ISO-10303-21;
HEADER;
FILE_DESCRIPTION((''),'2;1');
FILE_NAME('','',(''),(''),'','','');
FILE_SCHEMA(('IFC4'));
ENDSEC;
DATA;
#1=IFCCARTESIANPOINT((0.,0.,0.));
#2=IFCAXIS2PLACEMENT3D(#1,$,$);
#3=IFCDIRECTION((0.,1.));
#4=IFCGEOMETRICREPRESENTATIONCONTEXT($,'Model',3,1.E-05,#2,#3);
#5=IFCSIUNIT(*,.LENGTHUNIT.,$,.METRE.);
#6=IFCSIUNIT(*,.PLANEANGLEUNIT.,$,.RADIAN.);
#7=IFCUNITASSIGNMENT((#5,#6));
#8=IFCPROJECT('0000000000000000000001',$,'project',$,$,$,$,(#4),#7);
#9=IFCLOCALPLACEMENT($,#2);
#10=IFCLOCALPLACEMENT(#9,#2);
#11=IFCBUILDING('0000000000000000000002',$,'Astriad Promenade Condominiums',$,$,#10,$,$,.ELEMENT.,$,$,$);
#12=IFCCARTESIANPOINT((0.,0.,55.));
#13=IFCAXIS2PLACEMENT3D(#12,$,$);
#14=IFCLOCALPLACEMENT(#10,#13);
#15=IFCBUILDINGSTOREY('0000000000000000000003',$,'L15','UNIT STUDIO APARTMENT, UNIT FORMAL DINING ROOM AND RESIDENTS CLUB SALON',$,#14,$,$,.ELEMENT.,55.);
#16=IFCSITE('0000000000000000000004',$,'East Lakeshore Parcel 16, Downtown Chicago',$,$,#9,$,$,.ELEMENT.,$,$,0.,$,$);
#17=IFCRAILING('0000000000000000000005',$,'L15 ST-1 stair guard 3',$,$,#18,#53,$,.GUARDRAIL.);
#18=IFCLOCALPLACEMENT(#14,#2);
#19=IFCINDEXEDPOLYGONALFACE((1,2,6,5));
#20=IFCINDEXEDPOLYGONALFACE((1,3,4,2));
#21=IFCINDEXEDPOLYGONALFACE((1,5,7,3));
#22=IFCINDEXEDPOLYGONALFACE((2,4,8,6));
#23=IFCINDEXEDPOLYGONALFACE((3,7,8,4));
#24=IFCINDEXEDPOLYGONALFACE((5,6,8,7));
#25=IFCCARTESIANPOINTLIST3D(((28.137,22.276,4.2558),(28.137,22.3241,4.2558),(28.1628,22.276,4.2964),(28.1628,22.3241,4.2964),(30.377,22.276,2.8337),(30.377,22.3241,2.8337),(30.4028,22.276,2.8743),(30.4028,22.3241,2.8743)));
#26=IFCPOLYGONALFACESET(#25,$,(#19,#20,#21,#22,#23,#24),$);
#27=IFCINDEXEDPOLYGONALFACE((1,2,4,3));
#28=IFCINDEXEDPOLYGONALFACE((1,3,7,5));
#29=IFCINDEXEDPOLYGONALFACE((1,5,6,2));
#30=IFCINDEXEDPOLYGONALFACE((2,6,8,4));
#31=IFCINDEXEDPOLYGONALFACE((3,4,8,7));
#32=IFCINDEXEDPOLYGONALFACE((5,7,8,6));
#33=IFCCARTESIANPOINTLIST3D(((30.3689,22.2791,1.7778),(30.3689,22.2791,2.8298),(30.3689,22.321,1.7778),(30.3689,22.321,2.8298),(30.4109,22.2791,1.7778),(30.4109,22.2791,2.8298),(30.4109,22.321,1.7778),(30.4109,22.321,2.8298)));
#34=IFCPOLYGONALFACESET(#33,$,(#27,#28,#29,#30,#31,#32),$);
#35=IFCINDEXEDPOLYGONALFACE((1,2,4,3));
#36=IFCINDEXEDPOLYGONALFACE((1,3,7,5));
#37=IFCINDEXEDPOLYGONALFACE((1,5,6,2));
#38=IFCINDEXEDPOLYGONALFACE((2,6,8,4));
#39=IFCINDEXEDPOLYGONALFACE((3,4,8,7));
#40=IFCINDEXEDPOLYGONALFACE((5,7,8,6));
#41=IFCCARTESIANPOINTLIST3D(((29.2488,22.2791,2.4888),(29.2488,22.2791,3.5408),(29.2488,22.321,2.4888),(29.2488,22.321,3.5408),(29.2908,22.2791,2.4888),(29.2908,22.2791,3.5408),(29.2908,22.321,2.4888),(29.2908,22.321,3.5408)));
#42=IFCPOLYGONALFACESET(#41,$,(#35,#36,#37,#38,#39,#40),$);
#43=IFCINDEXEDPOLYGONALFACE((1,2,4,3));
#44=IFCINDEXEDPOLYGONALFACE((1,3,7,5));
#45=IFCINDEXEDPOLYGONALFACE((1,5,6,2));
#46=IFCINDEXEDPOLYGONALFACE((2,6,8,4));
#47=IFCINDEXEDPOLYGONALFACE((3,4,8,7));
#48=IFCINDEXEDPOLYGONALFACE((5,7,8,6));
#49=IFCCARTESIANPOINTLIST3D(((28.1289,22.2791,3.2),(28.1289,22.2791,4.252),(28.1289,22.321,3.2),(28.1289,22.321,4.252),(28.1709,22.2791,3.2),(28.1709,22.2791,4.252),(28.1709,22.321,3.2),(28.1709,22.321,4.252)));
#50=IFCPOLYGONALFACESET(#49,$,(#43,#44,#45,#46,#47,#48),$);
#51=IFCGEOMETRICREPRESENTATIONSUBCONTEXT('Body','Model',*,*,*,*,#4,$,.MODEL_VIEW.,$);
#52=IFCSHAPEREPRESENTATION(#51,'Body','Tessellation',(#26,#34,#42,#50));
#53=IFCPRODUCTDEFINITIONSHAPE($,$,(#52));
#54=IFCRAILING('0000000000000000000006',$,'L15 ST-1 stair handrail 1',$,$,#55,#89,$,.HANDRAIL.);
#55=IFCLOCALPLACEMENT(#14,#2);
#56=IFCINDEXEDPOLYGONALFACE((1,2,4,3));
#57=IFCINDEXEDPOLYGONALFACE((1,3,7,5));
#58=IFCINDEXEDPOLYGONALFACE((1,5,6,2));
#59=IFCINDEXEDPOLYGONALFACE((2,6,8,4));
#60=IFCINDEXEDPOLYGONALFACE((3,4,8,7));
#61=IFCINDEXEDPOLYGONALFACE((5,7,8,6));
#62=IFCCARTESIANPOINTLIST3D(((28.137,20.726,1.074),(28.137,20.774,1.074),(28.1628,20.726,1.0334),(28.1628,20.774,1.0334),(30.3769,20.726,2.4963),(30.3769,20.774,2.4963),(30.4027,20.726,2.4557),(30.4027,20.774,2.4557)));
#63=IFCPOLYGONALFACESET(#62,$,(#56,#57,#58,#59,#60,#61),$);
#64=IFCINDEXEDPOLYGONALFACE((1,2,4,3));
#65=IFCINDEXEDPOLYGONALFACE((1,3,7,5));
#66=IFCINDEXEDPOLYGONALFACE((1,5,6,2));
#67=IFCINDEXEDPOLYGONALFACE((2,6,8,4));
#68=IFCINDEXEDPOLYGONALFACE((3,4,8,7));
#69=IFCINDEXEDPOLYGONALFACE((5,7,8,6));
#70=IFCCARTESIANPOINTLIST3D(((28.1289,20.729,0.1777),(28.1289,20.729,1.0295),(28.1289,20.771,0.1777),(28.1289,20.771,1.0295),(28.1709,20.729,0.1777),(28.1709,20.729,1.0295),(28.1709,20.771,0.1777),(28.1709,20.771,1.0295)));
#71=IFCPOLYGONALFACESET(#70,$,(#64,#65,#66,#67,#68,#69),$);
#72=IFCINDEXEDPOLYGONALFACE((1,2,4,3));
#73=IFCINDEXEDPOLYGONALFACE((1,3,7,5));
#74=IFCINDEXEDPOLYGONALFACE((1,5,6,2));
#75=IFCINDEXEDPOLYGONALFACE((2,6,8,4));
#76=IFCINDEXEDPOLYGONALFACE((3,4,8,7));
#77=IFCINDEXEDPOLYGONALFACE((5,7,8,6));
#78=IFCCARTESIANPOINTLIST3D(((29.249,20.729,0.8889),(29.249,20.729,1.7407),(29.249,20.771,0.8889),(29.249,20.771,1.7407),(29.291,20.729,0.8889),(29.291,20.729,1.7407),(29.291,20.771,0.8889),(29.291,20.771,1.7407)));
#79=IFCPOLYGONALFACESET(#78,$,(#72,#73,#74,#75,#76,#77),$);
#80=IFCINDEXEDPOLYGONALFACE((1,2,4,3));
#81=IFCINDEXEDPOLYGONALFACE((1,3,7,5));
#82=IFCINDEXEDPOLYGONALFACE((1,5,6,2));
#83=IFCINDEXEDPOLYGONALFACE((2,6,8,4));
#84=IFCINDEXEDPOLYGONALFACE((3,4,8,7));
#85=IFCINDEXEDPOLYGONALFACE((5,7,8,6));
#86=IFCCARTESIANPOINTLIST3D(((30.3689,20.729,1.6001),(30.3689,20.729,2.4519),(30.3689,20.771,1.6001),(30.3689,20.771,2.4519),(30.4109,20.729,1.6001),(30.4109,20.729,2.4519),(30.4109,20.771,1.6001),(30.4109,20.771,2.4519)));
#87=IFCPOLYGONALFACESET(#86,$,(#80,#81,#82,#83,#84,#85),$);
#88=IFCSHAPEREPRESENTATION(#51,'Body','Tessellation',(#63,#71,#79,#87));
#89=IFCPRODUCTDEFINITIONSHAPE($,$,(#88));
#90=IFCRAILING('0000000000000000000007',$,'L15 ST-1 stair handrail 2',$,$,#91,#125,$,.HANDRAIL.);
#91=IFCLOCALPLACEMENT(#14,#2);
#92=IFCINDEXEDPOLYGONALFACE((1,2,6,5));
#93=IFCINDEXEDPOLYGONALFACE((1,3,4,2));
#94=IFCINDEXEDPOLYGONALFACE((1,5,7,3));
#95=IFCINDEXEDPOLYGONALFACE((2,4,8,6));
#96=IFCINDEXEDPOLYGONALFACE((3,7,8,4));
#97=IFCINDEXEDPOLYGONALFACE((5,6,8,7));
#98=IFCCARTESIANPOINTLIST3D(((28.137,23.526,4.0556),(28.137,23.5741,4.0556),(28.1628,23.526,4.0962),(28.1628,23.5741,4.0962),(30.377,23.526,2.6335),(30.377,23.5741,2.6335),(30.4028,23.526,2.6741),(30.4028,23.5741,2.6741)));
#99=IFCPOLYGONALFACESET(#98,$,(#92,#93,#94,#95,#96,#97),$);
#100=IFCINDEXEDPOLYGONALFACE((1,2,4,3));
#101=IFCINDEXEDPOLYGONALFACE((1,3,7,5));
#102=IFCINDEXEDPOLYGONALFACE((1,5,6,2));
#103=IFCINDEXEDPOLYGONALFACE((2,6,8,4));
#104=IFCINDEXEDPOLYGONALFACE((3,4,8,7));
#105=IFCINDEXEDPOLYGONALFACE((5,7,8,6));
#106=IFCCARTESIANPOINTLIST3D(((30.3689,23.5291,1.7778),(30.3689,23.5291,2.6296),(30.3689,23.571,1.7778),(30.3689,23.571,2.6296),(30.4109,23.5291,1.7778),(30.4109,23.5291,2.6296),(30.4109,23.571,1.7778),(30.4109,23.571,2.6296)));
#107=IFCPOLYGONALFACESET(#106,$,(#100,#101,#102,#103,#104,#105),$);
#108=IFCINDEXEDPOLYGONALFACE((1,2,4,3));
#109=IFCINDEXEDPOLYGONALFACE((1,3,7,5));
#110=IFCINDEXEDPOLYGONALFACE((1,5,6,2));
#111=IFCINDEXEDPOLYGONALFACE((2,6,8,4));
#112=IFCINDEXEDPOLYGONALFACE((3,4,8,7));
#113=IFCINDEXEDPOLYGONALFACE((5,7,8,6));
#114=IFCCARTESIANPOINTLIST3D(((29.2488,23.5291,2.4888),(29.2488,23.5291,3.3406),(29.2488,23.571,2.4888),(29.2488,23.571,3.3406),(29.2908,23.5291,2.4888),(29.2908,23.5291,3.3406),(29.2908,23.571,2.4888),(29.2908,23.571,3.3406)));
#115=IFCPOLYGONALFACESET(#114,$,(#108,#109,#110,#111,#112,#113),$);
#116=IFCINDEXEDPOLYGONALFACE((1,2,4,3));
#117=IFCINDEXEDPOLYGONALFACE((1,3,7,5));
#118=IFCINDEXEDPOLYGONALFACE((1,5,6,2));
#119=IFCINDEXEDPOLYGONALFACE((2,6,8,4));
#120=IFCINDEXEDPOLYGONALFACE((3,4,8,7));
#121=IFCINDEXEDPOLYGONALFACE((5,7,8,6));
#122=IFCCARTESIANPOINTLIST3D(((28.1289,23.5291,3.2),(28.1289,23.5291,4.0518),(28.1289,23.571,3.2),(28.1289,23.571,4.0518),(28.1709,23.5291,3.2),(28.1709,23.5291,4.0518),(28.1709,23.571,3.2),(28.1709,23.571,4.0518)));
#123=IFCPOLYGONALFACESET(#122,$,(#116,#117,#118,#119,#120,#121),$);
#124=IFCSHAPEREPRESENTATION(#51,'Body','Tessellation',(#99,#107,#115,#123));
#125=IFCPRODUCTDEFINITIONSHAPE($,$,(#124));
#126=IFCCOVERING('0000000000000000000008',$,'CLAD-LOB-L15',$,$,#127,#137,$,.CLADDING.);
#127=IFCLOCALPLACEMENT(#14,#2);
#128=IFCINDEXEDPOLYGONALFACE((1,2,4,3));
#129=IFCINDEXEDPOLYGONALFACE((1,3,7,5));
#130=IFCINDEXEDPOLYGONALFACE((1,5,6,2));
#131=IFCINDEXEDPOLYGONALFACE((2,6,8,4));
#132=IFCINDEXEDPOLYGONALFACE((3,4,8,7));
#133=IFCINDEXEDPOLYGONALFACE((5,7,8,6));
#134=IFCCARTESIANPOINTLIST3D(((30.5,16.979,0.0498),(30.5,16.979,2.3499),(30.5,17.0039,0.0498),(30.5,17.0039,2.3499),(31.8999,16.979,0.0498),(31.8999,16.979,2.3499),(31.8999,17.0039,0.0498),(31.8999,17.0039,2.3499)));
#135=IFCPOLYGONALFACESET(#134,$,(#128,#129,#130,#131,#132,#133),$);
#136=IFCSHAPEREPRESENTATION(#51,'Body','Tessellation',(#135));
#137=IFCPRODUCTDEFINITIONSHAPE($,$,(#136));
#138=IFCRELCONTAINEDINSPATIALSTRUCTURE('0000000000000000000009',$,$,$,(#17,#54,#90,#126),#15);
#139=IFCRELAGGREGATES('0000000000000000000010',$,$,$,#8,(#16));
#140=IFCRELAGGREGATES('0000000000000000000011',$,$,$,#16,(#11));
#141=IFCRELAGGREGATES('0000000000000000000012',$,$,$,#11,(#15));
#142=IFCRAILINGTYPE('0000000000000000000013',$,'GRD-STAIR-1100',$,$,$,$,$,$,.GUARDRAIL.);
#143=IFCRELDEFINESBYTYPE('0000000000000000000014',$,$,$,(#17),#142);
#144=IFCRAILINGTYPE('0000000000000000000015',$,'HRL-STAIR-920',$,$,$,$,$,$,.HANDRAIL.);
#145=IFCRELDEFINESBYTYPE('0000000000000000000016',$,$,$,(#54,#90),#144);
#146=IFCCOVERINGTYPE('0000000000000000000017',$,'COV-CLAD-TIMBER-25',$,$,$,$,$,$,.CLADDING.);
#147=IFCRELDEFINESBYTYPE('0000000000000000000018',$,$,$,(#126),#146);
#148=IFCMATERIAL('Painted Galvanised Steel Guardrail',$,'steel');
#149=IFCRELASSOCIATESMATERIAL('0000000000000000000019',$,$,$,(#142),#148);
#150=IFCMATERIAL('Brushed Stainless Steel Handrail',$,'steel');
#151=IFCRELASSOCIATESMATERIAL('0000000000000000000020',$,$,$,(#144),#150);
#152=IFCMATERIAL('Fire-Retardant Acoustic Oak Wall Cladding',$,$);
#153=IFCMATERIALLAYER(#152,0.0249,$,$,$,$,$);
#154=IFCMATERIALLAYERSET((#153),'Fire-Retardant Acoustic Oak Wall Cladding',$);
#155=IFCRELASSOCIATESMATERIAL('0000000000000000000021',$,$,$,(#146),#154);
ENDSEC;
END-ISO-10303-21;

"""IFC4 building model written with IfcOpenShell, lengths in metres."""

from ifc_helpers import new_model, si_unit, direction, frame, origin, origin_2d, place, context, subcontext, project, spatial, rectangle, extrude, source, transform, mapped, material, layer, layer_set, type_object, type_shapes, element, save


model = new_model("IFC4")

# Units and contexts
model_context = context("Model", 3, precision=1e-05, world=origin(), true_north=direction((0.0, 1.0)))
body_context = subcontext(model_context, "Body", "Model", "MODEL_VIEW")
ifc_project = project(units=[si_unit("LENGTHUNIT", "METRE"), si_unit("PLANEANGLEUNIT", "RADIAN")], contexts=[model_context])

# Site, building, storey
site_placement = place(None, origin())
site = spatial("IfcSite", under=ifc_project, at=site_placement, Name="East Lakeshore Parcel 16, Downtown Chicago", CompositionType="ELEMENT", RefElevation=0.0)
building_placement = place(site_placement, origin())
building = spatial("IfcBuilding", under=site, at=building_placement, Name="Astriad Promenade Condominiums", CompositionType="ELEMENT")
storey_placement = place(building_placement, frame((0.0, 0.0, 55.0)))
storey = spatial("IfcBuildingStorey", under=building, at=storey_placement, Name="L15", Description="UNIT STUDIO APARTMENT, UNIT FORMAL DINING ROOM AND RESIDENTS CLUB SALON", CompositionType="ELEMENT", Elevation=55.0)

# Railings
ifc_material_1 = material(Name="Painted Galvanised Steel Guardrail", Category="steel")
railing_type_1 = type_object("IfcRailingType", Name="GRD-STAIR-1100", PredefinedType="GUARDRAIL", material=ifc_material_1)
shared_shape_1 = source(origin(), body_context, "Body", "SweptSolid", [
    extrude(rectangle(XDim=0.0481, YDim=0.0481, at=origin_2d()), frame((0.0, 0.0, 1.0762), z_axis=(-0.844229, 0.0, 0.535982), x_axis=(0.0, -1.0, 0.0)), (0.0, 0.0, 1.0), 2.6533),
    extrude(rectangle(XDim=0.042, YDim=0.042, at=origin_2d()), origin(), (0.0, 0.0, 1.0), 1.052),
    extrude(rectangle(XDim=0.042, YDim=0.042, at=origin_2d()), frame((-1.1201, 0.0, 0.7109)), (0.0, 0.0, 1.0), 1.052),
    extrude(rectangle(XDim=0.042, YDim=0.042, at=origin_2d()), frame((-2.24, 0.0, 1.4221)), (0.0, 0.0, 1.0), 1.052),
])
railing_1_placement = place(storey_placement, frame((30.3899, 22.3, 1.7778)))
element("IfcRailing", 1, at=railing_1_placement, inside=storey, type_object=railing_type_1, Name="L15 ST-1 stair guard 3", PredefinedType="GUARDRAIL", context=body_context, shape_type="MappedRepresentation", body=[
    mapped(shared_shape_1, transform((0.0, 0.0, 0.0), scale=1.0)),
])
ifc_material_2 = material(Name="Brushed Stainless Steel Handrail", Category="steel")
railing_type_2 = type_object("IfcRailingType", Name="HRL-STAIR-920", PredefinedType="HANDRAIL", material=ifc_material_2)
shared_shape_2 = source(origin(), body_context, "Body", "SweptSolid", [
    extrude(rectangle(XDim=0.0481, YDim=0.0481, at=origin_2d()), frame((0.0, 0.0, 0.876), z_axis=(0.844188, 0.0, 0.536048), x_axis=(0.0, 1.0, 0.0)), (0.0, 0.0, 1.0), 2.6533),
    extrude(rectangle(XDim=0.042, YDim=0.042, at=origin_2d()), origin(), (0.0, 0.0, 1.0), 0.8518),
    extrude(rectangle(XDim=0.042, YDim=0.042, at=origin_2d()), frame((1.1201, 0.0, 0.7112)), (0.0, 0.0, 1.0), 0.8518),
    extrude(rectangle(XDim=0.042, YDim=0.042, at=origin_2d()), frame((2.24, 0.0, 1.4224)), (0.0, 0.0, 1.0), 0.8518),
])
railing_2_placement = place(storey_placement, frame((28.1499, 20.75, 0.1777)))
element("IfcRailing", 2, at=railing_2_placement, inside=storey, type_object=railing_type_2, Name="L15 ST-1 stair handrail 1", PredefinedType="HANDRAIL", context=body_context, shape_type="MappedRepresentation", body=[
    mapped(shared_shape_2, transform((0.0, 0.0, 0.0), scale=1.0)),
])
shared_shape_3 = source(origin(), body_context, "Body", "SweptSolid", [
    extrude(rectangle(XDim=0.0481, YDim=0.0481, at=origin_2d()), frame((0.0, 0.0, 0.876), z_axis=(-0.844229, 0.0, 0.535982), x_axis=(0.0, -1.0, 0.0)), (0.0, 0.0, 1.0), 2.6533),
    extrude(rectangle(XDim=0.042, YDim=0.042, at=origin_2d()), origin(), (0.0, 0.0, 1.0), 0.8518),
    extrude(rectangle(XDim=0.042, YDim=0.042, at=origin_2d()), frame((-1.1201, 0.0, 0.7109)), (0.0, 0.0, 1.0), 0.8518),
    extrude(rectangle(XDim=0.042, YDim=0.042, at=origin_2d()), frame((-2.24, 0.0, 1.4221)), (0.0, 0.0, 1.0), 0.8518),
])
type_shapes(railing_type_2, [shared_shape_2, shared_shape_3])
railing_3_placement = place(storey_placement, frame((30.3899, 23.55, 1.7778)))
element("IfcRailing", 3, at=railing_3_placement, inside=storey, type_object=railing_type_2, Name="L15 ST-1 stair handrail 2", PredefinedType="HANDRAIL", context=body_context, shape_type="MappedRepresentation", body=[
    mapped(shared_shape_3, transform((0.0, 0.0, 0.0), scale=1.0)),
])

# Covering
ifc_material_3 = material(Name="Fire-Retardant Acoustic Oak Wall Cladding")
ifc_layer_1 = layer(ifc_material_3, 0.0249)
ifc_layer_set_1 = layer_set([ifc_layer_1], Name="Fire-Retardant Acoustic Oak Wall Cladding")
covering_type = type_object("IfcCoveringType", Name="COV-CLAD-TIMBER-25", PredefinedType="CLADDING", material=ifc_layer_set_1)
shared_shape_4 = source(origin(), body_context, "Body", "SweptSolid", [
    extrude(rectangle(XDim=1.3999, YDim=0.0249, at=origin_2d()), origin(), (0.0, 0.0, 1.0), 2.3),
])
type_shapes(covering_type, [shared_shape_4])
covering_placement = place(storey_placement, frame((31.2, 16.9915, 0.0498), z_axis=(0.0, 0.0, 1.0), x_axis=(1.0, 0.0, 0.0)))
element("IfcCovering", 4, at=covering_placement, inside=storey, type_object=covering_type, Name="CLAD-LOB-L15", PredefinedType="CLADDING", context=body_context, shape_type="MappedRepresentation", body=[
    mapped(shared_shape_4, transform((0.0, 0.0, 0.0), scale=1.0)),
])

save(model, "model.ifc")
